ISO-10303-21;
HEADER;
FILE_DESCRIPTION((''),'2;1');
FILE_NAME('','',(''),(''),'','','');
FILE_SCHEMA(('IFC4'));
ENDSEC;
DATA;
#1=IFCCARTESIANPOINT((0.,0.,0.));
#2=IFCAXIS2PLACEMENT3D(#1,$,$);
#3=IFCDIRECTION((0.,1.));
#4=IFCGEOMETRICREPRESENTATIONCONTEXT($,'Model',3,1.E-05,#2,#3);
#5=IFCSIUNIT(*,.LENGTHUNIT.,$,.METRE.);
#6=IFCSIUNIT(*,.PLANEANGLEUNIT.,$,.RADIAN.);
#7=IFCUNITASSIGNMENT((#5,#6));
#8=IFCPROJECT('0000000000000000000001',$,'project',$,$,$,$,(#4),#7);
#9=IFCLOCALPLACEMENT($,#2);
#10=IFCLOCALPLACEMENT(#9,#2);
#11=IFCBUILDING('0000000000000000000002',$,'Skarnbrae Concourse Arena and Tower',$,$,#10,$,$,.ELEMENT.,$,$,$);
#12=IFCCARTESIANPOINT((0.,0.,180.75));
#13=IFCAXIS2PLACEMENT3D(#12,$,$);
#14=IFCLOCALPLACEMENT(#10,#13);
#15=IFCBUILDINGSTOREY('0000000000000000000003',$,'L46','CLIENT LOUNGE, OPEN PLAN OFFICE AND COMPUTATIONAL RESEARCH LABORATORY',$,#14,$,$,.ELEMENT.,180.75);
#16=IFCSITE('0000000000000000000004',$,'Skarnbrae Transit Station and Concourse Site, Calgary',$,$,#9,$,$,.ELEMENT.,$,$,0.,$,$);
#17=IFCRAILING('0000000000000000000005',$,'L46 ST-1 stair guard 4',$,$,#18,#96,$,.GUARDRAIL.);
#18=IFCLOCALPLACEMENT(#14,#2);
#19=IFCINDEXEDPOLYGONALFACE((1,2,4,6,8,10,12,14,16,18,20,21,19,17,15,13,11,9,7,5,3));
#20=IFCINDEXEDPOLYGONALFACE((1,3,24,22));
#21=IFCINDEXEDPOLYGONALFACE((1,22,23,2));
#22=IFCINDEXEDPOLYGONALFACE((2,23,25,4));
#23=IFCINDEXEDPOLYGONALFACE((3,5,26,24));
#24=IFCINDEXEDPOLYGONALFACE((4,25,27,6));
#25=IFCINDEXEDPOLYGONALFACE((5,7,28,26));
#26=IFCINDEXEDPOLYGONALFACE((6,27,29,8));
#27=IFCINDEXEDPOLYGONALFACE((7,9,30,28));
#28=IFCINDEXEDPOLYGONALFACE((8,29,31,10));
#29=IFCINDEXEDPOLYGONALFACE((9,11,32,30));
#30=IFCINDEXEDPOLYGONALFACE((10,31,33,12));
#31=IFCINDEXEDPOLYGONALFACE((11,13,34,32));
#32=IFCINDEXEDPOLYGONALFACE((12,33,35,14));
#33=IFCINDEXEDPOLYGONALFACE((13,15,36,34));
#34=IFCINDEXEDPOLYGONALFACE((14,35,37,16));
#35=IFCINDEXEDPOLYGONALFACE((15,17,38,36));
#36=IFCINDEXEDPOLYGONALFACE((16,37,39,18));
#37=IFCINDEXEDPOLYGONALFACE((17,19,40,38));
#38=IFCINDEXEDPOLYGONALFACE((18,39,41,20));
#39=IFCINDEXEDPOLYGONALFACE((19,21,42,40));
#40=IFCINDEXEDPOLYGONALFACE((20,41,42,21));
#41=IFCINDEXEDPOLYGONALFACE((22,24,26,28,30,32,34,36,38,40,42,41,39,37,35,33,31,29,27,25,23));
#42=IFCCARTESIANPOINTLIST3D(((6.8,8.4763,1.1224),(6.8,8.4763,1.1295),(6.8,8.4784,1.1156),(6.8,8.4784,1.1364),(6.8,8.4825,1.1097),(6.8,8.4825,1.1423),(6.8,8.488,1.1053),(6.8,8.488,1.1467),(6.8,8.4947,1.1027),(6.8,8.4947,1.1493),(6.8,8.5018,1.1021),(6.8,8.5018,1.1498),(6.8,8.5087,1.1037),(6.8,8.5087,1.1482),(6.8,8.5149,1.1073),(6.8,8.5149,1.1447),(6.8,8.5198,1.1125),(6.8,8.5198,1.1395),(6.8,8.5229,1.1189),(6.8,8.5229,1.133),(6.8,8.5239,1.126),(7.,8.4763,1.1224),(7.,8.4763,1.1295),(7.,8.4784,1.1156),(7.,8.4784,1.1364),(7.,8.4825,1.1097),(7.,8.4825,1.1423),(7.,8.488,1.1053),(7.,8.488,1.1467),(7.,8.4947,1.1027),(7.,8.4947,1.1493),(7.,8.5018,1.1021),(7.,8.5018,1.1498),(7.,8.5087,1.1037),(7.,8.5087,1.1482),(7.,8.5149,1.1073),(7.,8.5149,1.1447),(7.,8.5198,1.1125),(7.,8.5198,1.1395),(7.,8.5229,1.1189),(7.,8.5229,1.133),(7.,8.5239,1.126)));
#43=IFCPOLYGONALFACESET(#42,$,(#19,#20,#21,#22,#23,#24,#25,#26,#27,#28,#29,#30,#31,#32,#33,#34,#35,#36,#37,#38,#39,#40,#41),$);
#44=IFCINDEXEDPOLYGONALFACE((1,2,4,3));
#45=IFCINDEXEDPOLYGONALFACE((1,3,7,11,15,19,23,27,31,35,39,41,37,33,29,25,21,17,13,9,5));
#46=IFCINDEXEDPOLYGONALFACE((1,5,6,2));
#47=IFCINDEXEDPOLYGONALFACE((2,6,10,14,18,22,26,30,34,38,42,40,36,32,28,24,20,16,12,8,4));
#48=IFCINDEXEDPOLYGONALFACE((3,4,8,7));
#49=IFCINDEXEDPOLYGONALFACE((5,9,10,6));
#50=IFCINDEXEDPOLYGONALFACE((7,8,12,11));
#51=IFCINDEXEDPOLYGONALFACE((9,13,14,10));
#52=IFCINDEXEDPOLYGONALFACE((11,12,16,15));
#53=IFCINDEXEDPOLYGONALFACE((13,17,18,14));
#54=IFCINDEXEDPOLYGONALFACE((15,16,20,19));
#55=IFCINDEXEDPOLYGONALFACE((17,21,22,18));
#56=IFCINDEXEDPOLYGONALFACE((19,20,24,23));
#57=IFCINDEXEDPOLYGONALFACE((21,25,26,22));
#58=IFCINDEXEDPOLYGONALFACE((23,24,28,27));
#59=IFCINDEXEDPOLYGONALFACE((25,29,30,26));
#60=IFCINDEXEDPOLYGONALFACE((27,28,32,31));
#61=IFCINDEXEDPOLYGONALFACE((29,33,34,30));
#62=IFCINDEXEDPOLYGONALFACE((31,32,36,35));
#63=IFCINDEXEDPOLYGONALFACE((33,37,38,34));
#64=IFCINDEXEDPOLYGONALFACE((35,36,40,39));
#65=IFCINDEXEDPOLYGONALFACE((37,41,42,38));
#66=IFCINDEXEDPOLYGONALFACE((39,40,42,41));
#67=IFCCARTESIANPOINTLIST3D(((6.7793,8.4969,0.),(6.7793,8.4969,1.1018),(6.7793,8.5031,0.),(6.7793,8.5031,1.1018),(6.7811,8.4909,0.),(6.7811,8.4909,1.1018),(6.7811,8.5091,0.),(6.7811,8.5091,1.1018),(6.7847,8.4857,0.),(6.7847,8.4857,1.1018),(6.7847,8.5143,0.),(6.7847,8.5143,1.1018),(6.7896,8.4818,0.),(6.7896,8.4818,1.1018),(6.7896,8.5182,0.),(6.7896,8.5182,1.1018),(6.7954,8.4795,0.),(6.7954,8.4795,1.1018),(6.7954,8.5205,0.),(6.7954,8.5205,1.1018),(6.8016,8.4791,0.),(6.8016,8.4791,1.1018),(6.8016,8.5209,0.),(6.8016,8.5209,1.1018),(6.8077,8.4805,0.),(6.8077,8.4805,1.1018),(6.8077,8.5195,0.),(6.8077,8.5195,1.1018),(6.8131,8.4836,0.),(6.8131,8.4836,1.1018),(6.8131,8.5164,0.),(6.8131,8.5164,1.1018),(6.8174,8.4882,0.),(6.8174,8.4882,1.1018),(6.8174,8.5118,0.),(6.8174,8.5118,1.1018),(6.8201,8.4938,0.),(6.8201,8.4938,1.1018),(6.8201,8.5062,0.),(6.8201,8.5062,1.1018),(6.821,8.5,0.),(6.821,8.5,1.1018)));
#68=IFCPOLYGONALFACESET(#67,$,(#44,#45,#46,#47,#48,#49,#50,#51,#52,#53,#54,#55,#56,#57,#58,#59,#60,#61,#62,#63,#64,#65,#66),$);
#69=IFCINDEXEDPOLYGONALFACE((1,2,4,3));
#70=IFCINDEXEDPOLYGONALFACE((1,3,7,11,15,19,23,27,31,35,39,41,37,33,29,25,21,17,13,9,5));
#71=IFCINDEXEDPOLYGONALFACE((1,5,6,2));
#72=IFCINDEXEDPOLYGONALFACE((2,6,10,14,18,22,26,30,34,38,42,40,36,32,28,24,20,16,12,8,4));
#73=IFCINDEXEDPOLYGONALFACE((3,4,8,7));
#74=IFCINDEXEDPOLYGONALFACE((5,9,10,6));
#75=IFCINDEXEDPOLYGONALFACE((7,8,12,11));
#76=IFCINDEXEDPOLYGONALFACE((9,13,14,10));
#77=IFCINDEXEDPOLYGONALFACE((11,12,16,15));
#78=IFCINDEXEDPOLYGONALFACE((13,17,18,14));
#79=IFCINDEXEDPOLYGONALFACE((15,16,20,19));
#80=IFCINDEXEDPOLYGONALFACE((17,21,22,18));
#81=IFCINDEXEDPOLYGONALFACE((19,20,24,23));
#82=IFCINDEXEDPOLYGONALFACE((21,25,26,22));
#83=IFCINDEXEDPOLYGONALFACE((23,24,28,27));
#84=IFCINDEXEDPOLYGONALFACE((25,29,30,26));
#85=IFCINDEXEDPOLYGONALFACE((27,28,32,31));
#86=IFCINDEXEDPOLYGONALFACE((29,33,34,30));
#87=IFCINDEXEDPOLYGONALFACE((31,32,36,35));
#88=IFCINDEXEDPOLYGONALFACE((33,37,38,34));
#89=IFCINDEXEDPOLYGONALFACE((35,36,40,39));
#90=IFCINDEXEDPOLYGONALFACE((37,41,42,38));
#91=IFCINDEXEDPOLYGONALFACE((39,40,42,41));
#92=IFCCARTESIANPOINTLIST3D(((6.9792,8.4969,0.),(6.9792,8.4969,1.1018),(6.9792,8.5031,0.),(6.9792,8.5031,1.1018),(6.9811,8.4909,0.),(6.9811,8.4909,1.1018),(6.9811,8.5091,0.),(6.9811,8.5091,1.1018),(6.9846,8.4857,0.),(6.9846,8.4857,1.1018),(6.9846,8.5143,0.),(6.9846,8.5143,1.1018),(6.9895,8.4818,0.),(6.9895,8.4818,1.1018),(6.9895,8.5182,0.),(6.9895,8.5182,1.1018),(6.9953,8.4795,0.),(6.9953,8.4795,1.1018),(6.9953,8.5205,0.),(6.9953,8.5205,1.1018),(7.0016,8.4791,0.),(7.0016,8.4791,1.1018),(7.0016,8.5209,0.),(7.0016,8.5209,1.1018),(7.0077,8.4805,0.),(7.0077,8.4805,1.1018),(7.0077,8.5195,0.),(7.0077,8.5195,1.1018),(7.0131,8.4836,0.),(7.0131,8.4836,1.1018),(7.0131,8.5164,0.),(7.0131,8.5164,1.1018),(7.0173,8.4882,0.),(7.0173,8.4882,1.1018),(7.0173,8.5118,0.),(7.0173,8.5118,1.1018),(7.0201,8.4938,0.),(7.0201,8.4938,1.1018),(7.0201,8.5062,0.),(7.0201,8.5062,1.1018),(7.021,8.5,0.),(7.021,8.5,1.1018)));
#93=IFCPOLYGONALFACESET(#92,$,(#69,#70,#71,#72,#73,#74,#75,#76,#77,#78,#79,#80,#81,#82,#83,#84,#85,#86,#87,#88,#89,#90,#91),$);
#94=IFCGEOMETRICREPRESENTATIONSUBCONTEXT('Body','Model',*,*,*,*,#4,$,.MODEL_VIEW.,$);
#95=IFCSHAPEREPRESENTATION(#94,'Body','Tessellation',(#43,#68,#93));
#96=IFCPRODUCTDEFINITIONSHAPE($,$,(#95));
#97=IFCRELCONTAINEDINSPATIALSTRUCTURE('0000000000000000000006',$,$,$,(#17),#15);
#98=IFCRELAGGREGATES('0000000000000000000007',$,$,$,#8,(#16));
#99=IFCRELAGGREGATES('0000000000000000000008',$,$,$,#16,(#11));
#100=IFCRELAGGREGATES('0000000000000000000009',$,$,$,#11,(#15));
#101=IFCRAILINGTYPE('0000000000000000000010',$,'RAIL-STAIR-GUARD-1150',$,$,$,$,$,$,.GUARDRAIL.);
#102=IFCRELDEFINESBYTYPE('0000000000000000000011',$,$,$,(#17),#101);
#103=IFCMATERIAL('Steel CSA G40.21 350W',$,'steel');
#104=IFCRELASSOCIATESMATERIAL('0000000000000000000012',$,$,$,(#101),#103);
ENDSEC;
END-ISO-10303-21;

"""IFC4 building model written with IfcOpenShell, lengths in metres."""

from ifc_helpers import new_model, si_unit, direction, frame, origin, origin_2d, place, context, subcontext, project, spatial, circle, extrude, material, type_object, element, save


model = new_model("IFC4")

# Units and contexts
model_context = context("Model", 3, precision=1e-05, world=origin(), true_north=direction((0.0, 1.0)))
body_context = subcontext(model_context, "Body", "Model", "MODEL_VIEW")
ifc_project = project(units=[si_unit("LENGTHUNIT", "METRE"), si_unit("PLANEANGLEUNIT", "RADIAN")], contexts=[model_context])

# Site, building, storey
site_placement = place(None, origin())
site = spatial("IfcSite", under=ifc_project, at=site_placement, Name="Skarnbrae Transit Station and Concourse Site, Calgary", CompositionType="ELEMENT", RefElevation=0.0)
building_placement = place(site_placement, origin())
building = spatial("IfcBuilding", under=site, at=building_placement, Name="Skarnbrae Concourse Arena and Tower", CompositionType="ELEMENT")
storey_placement = place(building_placement, frame((0.0, 0.0, 180.75)))
storey = spatial("IfcBuildingStorey", under=building, at=storey_placement, Name="L46", Description="CLIENT LOUNGE, OPEN PLAN OFFICE AND COMPUTATIONAL RESEARCH LABORATORY", CompositionType="ELEMENT", Elevation=180.75)

# Shared definitions
ifc_material_1 = material(Name="Steel CSA G40.21 350W", Category="steel")

# Railing
railing_type_1 = type_object("IfcRailingType", Name="RAIL-STAIR-GUARD-1150", PredefinedType="GUARDRAIL", material=ifc_material_1)
railing_1_placement = place(storey_placement, frame((6.8, 8.5, 0.0)))
element("IfcRailing", 1, at=railing_1_placement, inside=storey, type_object=railing_type_1, Name="L46 ST-1 stair guard 4", PredefinedType="GUARDRAIL", context=body_context, shape_type="SweptSolid", body=[
    extrude(circle(Radius=0.0239, at=origin_2d()), frame((0.0, 0.0, 1.126), z_axis=(1.0, 0.0, 0.0), x_axis=(0.0, 1.0, 0.0)), (0.0, 0.0, 1.0), 0.2),
    extrude(circle(Radius=0.021, at=origin_2d()), origin(), (0.0, 0.0, 1.0), 1.1018),
    extrude(circle(Radius=0.021, at=origin_2d()), frame((0.2, 0.0, 0.0)), (0.0, 0.0, 1.0), 1.1018),
])

save(model, "model.ifc")
